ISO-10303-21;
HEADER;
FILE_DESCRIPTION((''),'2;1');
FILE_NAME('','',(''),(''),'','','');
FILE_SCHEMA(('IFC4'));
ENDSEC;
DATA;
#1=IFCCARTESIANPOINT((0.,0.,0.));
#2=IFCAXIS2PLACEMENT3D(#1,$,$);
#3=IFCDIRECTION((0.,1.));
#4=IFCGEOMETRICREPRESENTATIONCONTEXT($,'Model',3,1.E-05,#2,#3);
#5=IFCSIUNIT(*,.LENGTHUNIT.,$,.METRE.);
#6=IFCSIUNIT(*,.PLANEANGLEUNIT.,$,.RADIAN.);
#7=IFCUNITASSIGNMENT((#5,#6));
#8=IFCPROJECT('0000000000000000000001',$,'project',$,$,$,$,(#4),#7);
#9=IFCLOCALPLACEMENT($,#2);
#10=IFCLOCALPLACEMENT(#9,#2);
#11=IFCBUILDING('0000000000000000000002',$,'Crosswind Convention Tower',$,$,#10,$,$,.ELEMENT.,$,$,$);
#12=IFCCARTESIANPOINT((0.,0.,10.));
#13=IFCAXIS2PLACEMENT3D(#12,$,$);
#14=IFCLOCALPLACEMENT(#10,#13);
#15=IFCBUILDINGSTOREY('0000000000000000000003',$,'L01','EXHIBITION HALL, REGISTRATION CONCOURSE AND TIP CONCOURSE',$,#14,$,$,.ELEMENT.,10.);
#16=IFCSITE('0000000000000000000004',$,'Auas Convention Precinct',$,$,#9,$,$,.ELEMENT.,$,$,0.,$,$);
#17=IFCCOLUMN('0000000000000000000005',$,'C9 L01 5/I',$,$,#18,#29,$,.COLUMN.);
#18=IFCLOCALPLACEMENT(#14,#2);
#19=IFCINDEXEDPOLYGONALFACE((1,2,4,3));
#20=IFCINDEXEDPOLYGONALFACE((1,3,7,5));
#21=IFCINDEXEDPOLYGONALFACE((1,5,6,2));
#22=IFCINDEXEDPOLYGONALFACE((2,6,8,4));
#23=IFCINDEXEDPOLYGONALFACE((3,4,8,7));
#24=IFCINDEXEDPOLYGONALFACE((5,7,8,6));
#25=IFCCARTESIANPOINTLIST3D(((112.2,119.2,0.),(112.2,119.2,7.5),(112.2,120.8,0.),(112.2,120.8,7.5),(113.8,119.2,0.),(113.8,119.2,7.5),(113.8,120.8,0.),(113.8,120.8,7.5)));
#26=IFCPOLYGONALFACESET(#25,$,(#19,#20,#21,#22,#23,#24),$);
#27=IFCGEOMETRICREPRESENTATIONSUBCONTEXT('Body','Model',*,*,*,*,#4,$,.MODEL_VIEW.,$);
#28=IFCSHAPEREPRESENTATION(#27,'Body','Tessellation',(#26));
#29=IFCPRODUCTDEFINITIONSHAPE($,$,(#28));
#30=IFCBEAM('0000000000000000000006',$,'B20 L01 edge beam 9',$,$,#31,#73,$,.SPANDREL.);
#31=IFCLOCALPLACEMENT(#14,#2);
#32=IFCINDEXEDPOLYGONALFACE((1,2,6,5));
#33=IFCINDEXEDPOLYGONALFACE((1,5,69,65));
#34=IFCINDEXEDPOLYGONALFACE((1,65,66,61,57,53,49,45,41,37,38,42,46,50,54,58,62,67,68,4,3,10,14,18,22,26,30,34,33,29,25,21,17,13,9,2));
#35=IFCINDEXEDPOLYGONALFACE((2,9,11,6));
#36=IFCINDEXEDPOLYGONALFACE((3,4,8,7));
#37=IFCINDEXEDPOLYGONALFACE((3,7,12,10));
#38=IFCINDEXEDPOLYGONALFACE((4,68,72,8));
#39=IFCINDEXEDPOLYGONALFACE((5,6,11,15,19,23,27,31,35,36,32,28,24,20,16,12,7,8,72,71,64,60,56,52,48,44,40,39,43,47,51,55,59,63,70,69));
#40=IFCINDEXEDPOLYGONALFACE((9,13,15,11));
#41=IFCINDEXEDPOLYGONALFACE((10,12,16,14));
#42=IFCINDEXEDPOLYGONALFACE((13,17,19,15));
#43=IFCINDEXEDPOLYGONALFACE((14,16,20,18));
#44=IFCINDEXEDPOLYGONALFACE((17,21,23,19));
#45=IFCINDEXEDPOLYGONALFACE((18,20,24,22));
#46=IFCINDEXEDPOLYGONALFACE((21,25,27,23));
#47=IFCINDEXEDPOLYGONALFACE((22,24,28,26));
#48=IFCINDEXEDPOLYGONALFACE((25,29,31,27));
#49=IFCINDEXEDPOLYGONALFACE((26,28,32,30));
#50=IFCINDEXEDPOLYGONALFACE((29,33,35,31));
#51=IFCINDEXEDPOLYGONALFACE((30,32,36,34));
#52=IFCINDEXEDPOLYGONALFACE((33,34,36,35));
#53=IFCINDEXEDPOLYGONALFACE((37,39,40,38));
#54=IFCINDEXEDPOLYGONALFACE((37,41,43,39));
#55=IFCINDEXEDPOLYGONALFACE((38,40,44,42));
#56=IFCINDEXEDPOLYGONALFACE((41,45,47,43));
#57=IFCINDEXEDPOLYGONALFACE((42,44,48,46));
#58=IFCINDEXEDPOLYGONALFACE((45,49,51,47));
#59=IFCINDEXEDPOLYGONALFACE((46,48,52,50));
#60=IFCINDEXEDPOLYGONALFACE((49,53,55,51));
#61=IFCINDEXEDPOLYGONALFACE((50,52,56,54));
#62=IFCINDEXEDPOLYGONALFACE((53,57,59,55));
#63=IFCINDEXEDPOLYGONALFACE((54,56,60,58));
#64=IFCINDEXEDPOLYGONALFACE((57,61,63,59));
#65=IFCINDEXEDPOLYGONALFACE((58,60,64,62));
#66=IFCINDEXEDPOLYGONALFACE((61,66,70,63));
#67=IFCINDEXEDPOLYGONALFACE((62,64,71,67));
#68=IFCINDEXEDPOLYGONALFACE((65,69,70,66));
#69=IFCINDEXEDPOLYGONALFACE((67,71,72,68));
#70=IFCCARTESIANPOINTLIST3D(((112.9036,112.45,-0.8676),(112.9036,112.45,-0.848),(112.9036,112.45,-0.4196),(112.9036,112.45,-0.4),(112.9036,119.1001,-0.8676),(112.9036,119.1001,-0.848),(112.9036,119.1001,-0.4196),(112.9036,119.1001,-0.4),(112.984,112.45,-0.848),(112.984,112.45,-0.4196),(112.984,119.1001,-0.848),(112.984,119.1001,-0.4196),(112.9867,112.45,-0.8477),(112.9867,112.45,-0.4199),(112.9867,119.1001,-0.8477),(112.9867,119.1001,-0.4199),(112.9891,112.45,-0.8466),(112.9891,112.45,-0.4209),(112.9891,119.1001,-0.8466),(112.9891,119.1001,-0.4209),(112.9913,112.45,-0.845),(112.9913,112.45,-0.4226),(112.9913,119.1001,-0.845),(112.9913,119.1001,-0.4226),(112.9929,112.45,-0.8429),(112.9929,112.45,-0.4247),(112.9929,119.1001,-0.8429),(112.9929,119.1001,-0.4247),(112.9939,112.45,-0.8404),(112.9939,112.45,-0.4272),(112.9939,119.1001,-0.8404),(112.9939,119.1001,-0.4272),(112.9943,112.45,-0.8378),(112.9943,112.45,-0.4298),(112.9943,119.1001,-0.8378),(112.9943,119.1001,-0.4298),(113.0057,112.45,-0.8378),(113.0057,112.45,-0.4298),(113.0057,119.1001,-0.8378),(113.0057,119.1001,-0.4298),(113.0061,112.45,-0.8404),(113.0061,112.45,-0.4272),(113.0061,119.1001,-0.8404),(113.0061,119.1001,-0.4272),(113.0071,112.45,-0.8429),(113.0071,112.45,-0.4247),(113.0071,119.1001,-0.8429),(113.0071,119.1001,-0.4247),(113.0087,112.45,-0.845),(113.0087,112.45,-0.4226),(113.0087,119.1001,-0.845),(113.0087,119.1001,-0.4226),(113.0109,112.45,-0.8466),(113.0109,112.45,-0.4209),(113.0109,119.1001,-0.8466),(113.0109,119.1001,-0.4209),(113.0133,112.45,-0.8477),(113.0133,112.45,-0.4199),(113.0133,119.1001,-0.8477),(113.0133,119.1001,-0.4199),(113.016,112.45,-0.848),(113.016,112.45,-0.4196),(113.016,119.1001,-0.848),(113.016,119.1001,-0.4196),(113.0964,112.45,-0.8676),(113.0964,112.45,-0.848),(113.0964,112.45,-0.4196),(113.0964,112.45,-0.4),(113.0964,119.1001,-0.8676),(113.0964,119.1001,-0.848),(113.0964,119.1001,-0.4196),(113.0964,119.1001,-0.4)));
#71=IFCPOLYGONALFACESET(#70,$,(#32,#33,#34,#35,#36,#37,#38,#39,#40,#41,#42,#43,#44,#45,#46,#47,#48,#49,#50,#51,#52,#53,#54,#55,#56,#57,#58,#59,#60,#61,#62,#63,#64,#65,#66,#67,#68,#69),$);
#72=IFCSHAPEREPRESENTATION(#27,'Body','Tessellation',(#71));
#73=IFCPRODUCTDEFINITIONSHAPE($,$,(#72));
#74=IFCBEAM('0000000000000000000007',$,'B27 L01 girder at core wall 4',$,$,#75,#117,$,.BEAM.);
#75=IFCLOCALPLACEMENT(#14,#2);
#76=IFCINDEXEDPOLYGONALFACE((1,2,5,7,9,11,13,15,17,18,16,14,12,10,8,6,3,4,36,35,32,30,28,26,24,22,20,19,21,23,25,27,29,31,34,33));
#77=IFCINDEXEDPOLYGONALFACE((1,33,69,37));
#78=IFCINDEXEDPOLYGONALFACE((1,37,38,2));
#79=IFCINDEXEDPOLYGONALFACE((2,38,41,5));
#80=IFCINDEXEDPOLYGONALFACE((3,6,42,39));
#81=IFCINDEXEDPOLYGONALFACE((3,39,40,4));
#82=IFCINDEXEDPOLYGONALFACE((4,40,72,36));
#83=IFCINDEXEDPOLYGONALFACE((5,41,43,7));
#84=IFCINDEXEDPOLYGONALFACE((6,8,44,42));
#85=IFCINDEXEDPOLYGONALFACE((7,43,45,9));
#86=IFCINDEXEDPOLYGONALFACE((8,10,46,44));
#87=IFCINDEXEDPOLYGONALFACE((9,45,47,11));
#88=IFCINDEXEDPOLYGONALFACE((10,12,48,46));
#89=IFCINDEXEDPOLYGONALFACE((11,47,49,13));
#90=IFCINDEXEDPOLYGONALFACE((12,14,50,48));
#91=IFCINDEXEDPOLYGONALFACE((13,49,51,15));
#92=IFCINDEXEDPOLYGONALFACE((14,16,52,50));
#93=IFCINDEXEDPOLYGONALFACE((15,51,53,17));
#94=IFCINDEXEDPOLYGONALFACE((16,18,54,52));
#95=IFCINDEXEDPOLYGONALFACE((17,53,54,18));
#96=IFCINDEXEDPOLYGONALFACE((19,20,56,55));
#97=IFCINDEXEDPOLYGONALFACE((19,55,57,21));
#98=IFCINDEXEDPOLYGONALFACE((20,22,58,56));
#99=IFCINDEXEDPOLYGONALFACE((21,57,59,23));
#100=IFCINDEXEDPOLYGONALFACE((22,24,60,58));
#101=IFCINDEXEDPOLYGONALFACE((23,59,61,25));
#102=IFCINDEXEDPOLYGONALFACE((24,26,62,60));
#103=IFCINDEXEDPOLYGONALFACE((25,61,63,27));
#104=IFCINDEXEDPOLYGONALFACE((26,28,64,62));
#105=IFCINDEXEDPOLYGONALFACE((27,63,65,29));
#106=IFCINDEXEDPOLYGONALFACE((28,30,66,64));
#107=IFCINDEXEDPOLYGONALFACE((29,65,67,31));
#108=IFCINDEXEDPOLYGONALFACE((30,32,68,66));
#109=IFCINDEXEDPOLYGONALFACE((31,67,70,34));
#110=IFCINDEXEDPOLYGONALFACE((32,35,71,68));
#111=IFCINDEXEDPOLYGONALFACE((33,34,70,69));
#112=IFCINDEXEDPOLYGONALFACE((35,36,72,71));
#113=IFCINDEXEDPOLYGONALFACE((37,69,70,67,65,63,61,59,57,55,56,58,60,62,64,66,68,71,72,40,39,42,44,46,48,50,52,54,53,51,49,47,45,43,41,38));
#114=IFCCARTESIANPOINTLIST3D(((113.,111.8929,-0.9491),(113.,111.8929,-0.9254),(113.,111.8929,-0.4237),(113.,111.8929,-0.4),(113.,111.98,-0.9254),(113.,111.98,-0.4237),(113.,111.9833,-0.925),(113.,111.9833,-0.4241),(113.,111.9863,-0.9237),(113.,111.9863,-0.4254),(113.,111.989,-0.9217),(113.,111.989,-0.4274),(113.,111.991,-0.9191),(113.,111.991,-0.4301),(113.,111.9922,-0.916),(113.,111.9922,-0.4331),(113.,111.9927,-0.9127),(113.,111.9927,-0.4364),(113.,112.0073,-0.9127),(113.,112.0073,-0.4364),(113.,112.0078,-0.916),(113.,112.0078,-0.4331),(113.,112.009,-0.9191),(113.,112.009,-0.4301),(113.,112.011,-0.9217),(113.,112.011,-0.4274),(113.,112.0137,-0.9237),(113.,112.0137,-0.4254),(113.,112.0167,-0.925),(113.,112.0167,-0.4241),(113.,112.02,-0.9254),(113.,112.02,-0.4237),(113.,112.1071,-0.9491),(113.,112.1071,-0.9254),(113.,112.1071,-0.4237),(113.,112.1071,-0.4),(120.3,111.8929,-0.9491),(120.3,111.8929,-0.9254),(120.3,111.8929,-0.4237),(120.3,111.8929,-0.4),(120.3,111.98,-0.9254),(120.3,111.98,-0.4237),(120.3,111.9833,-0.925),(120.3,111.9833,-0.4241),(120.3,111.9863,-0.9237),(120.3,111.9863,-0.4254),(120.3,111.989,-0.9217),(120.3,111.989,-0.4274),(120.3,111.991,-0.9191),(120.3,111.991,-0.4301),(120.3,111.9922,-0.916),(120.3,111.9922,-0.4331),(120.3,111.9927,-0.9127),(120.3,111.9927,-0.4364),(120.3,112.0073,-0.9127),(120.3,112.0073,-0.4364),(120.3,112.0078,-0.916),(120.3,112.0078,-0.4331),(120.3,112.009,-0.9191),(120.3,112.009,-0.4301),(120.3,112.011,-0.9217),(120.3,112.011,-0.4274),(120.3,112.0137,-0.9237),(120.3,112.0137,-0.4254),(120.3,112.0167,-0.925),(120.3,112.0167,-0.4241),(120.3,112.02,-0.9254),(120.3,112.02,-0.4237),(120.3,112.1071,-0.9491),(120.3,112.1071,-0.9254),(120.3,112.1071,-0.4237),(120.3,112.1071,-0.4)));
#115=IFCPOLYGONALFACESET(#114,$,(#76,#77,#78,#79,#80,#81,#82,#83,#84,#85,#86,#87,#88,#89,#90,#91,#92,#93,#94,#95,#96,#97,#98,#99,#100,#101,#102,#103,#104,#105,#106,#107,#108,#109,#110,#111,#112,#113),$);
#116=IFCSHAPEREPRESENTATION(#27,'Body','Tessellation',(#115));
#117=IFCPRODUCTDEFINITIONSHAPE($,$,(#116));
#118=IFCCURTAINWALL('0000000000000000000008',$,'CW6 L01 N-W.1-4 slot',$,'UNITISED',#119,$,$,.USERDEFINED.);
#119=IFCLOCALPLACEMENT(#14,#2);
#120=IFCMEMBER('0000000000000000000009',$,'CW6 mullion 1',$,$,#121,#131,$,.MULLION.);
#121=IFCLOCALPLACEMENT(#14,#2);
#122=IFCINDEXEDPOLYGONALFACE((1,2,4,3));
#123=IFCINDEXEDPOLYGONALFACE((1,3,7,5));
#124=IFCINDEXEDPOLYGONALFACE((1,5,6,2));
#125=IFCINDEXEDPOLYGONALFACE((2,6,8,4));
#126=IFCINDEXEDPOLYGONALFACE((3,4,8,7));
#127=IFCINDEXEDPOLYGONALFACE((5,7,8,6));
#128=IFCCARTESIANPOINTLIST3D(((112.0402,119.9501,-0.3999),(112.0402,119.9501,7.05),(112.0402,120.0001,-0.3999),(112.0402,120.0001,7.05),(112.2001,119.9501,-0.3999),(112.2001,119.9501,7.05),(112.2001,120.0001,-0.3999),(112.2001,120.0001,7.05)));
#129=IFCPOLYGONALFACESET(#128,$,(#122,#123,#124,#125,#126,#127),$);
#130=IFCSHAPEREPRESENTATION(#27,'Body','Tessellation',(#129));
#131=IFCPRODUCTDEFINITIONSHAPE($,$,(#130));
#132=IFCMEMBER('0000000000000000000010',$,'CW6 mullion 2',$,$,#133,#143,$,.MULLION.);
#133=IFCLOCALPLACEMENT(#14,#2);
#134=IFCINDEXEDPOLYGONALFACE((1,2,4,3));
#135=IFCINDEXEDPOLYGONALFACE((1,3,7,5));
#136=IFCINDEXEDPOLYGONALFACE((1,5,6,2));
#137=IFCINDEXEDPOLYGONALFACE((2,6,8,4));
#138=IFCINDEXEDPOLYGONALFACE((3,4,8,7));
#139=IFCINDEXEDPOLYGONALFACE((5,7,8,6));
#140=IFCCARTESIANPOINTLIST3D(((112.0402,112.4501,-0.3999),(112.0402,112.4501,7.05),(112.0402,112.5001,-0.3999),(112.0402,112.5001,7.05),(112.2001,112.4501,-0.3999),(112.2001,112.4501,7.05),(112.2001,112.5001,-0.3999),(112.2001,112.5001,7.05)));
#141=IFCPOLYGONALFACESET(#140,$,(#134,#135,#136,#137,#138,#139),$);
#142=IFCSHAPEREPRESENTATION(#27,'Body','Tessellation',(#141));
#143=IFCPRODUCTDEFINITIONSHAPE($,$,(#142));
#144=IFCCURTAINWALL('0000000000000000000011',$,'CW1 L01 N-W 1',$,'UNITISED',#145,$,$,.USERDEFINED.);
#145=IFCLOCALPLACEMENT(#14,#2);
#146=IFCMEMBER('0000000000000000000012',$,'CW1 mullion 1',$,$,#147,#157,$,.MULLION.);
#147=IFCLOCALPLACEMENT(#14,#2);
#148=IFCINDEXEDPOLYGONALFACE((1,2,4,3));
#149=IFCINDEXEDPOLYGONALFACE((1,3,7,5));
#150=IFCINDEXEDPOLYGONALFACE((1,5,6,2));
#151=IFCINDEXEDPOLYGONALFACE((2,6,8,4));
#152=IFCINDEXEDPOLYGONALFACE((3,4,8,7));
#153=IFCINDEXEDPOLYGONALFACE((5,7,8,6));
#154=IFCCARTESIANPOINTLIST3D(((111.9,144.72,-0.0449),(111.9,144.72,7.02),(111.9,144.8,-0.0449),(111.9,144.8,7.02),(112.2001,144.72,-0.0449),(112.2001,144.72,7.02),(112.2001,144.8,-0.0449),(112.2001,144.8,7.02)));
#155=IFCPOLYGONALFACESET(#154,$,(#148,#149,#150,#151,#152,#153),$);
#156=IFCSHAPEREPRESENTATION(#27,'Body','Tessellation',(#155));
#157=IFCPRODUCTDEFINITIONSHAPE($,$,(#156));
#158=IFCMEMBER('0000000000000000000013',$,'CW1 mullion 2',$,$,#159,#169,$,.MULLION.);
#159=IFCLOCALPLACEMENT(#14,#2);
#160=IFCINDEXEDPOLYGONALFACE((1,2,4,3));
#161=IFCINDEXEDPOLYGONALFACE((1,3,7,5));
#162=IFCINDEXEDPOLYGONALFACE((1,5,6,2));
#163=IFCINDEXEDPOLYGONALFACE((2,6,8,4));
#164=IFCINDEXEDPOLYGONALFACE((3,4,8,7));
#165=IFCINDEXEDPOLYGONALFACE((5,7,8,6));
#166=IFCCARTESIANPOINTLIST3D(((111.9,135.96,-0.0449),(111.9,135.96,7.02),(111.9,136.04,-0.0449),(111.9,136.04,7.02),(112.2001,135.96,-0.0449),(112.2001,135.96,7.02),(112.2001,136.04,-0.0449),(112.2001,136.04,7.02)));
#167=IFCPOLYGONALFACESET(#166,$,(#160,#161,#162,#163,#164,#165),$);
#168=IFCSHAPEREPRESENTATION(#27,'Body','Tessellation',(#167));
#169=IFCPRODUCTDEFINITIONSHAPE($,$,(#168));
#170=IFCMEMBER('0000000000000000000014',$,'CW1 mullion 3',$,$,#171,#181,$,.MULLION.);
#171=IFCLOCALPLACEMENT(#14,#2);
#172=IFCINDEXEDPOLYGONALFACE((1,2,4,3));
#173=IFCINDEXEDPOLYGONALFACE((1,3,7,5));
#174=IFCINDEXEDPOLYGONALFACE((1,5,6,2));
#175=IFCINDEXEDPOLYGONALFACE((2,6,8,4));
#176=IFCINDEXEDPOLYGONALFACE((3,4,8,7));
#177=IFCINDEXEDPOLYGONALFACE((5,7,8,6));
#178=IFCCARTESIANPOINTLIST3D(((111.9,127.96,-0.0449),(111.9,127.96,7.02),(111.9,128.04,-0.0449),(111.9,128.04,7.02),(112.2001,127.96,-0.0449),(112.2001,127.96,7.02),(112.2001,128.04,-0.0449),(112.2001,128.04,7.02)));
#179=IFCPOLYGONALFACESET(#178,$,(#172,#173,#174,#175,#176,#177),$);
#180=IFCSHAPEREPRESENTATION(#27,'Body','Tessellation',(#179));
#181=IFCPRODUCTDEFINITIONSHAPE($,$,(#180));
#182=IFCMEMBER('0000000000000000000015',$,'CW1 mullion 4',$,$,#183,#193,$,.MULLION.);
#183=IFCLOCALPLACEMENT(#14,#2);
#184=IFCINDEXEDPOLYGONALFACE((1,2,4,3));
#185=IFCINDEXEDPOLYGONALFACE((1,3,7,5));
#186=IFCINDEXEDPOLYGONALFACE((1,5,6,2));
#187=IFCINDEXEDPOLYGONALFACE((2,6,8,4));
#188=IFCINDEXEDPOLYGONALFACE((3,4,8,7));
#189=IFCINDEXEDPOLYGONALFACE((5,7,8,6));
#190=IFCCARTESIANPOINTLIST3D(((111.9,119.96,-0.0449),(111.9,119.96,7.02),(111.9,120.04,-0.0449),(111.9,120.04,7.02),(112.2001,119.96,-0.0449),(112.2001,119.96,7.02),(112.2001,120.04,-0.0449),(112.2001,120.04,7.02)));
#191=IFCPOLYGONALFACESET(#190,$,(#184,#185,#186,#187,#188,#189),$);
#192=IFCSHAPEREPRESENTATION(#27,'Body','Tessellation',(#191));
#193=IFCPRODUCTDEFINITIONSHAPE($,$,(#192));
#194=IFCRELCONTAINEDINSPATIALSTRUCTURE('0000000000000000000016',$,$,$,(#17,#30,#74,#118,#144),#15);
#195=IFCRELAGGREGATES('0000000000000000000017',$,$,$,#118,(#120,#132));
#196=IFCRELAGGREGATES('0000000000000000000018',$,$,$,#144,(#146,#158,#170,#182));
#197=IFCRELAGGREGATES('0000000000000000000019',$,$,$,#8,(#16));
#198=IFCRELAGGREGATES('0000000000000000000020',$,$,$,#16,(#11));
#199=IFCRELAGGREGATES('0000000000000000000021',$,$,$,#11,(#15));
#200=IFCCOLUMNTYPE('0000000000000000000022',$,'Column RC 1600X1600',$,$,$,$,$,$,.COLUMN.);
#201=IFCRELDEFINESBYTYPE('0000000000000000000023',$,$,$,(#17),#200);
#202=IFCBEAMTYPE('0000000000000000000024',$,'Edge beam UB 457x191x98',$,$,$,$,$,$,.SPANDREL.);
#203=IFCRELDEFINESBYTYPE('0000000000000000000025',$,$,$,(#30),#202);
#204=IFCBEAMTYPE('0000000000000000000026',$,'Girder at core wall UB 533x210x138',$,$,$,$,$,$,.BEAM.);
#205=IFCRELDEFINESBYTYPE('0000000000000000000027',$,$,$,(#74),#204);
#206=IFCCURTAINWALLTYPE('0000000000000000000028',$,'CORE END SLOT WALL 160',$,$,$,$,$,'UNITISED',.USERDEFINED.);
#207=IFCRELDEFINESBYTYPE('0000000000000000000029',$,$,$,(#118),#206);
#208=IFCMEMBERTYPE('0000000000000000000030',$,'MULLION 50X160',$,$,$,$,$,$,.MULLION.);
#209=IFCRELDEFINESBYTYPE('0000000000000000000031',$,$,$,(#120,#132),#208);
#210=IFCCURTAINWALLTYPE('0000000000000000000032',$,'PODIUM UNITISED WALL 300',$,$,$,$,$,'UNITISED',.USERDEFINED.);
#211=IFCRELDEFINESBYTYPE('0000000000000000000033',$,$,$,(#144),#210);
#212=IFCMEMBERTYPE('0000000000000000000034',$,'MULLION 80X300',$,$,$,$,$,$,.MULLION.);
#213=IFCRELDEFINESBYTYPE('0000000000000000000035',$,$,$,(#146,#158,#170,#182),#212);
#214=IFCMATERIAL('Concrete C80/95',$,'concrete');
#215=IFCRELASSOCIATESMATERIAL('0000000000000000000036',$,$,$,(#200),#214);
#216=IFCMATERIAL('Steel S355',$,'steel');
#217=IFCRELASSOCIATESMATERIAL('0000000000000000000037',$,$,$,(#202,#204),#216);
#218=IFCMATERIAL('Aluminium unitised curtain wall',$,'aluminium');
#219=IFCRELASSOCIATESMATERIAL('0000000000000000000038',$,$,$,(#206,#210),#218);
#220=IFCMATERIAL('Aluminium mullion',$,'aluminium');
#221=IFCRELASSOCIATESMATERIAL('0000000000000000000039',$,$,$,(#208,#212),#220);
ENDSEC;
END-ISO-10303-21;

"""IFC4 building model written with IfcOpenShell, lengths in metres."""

from ifc_helpers import new_model, si_unit, direction, frame, origin, origin_2d, place, context, subcontext, project, spatial, rectangle, i_section, extrude, material, material_profile, profile_set, type_object, element, aggregate, save


model = new_model("IFC4")

# Units and contexts
model_context = context("Model", 3, precision=1e-05, world=origin(), true_north=direction((0.0, 1.0)))
body_context = subcontext(model_context, "Body", "Model", "MODEL_VIEW")
ifc_project = project(units=[si_unit("LENGTHUNIT", "METRE"), si_unit("PLANEANGLEUNIT", "RADIAN")], contexts=[model_context])

# Site, building, storey
site_placement = place(None, origin())
site = spatial("IfcSite", under=ifc_project, at=site_placement, Name="Auas Convention Precinct", CompositionType="ELEMENT", RefElevation=0.0)
building_placement = place(site_placement, origin())
building = spatial("IfcBuilding", under=site, at=building_placement, Name="Crosswind Convention Tower", CompositionType="ELEMENT")
storey_placement = place(building_placement, frame((0.0, 0.0, 10.0)))
storey = spatial("IfcBuildingStorey", under=building, at=storey_placement, Name="L01", Description="EXHIBITION HALL, REGISTRATION CONCOURSE AND TIP CONCOURSE", CompositionType="ELEMENT", Elevation=10.0)

# Column
ifc_material_1 = material(Name="Concrete C80/95", Category="concrete")
ifc_material_profile_1 = material_profile(ifc_material_1, rectangle(XDim=1.6001, YDim=1.6001, at=origin_2d()), Name="RC 1600X1600")
ifc_profile_set_1 = profile_set([ifc_material_profile_1], Name="Concrete C80/95")
column_type = type_object("IfcColumnType", Name="Column RC 1600X1600", PredefinedType="COLUMN", material=ifc_profile_set_1)
column_placement = place(storey_placement, frame((113.0, 120.0, 0.0), z_axis=(0.0, 0.0, 1.0), x_axis=(1.0, 0.0, 0.0)))
element("IfcColumn", 1, at=column_placement, inside=storey, type_object=column_type, Name="C9 L01 5/I", PredefinedType="COLUMN", context=body_context, shape_type="SweptSolid", body=[
    extrude(rectangle(XDim=1.6001, YDim=1.6001, at=origin_2d()), origin(), (0.0, 0.0, 1.0), 7.5),
])

# Beams
ifc_material_2 = material(Name="Steel S355", Category="steel")
ifc_material_profile_2 = material_profile(ifc_material_2, i_section(OverallWidth=0.1929, OverallDepth=0.4675, WebThickness=0.0115, FlangeThickness=0.0195, FilletRadius=0.0103, at=origin_2d()), Name="UB 457x191x98")
ifc_profile_set_2 = profile_set([ifc_material_profile_2], Name="Steel S355")
beam_type_1 = type_object("IfcBeamType", Name="Edge beam UB 457x191x98", PredefinedType="SPANDREL", material=ifc_profile_set_2)
beam_1_placement = place(storey_placement, frame((113.0, 112.45, -0.6338), z_axis=(0.0, 1.0, 0.0), x_axis=(-1.0, 0.0, 0.0)))
element("IfcBeam", 2, at=beam_1_placement, inside=storey, type_object=beam_type_1, Name="B20 L01 edge beam 9", PredefinedType="SPANDREL", context=body_context, shape_type="SweptSolid", body=[
    extrude(i_section(OverallWidth=0.1929, OverallDepth=0.4675, WebThickness=0.0115, FlangeThickness=0.0195, FilletRadius=0.0103, at=origin_2d()), origin(), (0.0, 0.0, 1.0), 6.6501),
])
ifc_material_profile_3 = material_profile(ifc_material_2, i_section(OverallWidth=0.2141, OverallDepth=0.5491, WebThickness=0.0146, FlangeThickness=0.0237, FilletRadius=0.0127, at=origin_2d()), Name="UB 533x210x138")
ifc_profile_set_3 = profile_set([ifc_material_profile_3], Name="Steel S355")
beam_type_2 = type_object("IfcBeamType", Name="Girder at core wall UB 533x210x138", PredefinedType="BEAM", material=ifc_profile_set_3)
beam_2_placement = place(storey_placement, frame((113.0, 112.0, -0.6746), z_axis=(1.0, 0.0, 0.0), x_axis=(0.0, 1.0, 0.0)))
element("IfcBeam", 3, at=beam_2_placement, inside=storey, type_object=beam_type_2, Name="B27 L01 girder at core wall 4", PredefinedType="BEAM", context=body_context, shape_type="SweptSolid", body=[
    extrude(i_section(OverallWidth=0.2141, OverallDepth=0.5491, WebThickness=0.0146, FlangeThickness=0.0237, FilletRadius=0.0127, at=origin_2d()), origin(), (0.0, 0.0, 1.0), 7.3),
])

# Curtain walls, members
ifc_material_3 = material(Name="Aluminium unitised curtain wall", Category="aluminium")
curtain_wall_type_1 = type_object("IfcCurtainWallType", Name="CORE END SLOT WALL 160", ElementType="UNITISED", PredefinedType="USERDEFINED", material=ifc_material_3)
curtain_wall_1_placement = place(storey_placement, origin())
curtain_wall_1 = element("IfcCurtainWall", 4, at=curtain_wall_1_placement, inside=storey, type_object=curtain_wall_type_1, Name="CW6 L01 N-W.1-4 slot", ObjectType="UNITISED", PredefinedType="USERDEFINED")
ifc_material_4 = material(Name="Aluminium mullion", Category="aluminium")
ifc_material_profile_4 = material_profile(ifc_material_4, rectangle(XDim=0.1599, YDim=0.05, at=origin_2d()), Name="AL 160X50")
ifc_profile_set_4 = profile_set([ifc_material_profile_4], Name="Aluminium mullion")
member_type_1 = type_object("IfcMemberType", Name="MULLION 50X160", PredefinedType="MULLION", material=ifc_profile_set_4)
member_1_placement = place(storey_placement, frame((112.1201, 119.9751, -0.3999), z_axis=(0.0, 0.0, 1.0), x_axis=(-1.0, 0.0, 0.0)))
member_1 = element("IfcMember", 5, at=member_1_placement, type_object=member_type_1, Name="CW6 mullion 1", PredefinedType="MULLION", context=body_context, shape_type="SweptSolid", body=[
    extrude(rectangle(XDim=0.1599, YDim=0.05, at=origin_2d()), origin(), (0.0, 0.0, 1.0), 7.45),
])
member_2_placement = place(storey_placement, frame((112.1201, 112.4751, -0.3999), z_axis=(0.0, 0.0, 1.0), x_axis=(-1.0, 0.0, 0.0)))
member_2 = element("IfcMember", 6, at=member_2_placement, type_object=member_type_1, Name="CW6 mullion 2", PredefinedType="MULLION", context=body_context, shape_type="SweptSolid", body=[
    extrude(rectangle(XDim=0.1599, YDim=0.05, at=origin_2d()), origin(), (0.0, 0.0, 1.0), 7.45),
])
curtain_wall_type_2 = type_object("IfcCurtainWallType", Name="PODIUM UNITISED WALL 300", ElementType="UNITISED", PredefinedType="USERDEFINED", material=ifc_material_3)
curtain_wall_2_placement = place(storey_placement, origin())
curtain_wall_2 = element("IfcCurtainWall", 7, at=curtain_wall_2_placement, inside=storey, type_object=curtain_wall_type_2, Name="CW1 L01 N-W 1", ObjectType="UNITISED", PredefinedType="USERDEFINED")
ifc_material_profile_5 = material_profile(ifc_material_4, rectangle(XDim=0.3, YDim=0.0801, at=origin_2d()), Name="AL 300X80")
ifc_profile_set_5 = profile_set([ifc_material_profile_5], Name="Aluminium mullion")
member_type_2 = type_object("IfcMemberType", Name="MULLION 80X300", PredefinedType="MULLION", material=ifc_profile_set_5)
member_3_placement = place(storey_placement, frame((112.05, 144.76, -0.0449), z_axis=(0.0, 0.0, 1.0), x_axis=(-1.0, 0.0, 0.0)))
member_3 = element("IfcMember", 8, at=member_3_placement, type_object=member_type_2, Name="CW1 mullion 1", PredefinedType="MULLION", context=body_context, shape_type="SweptSolid", body=[
    extrude(rectangle(XDim=0.3, YDim=0.0801, at=origin_2d()), origin(), (0.0, 0.0, 1.0), 7.0649),
])
member_4_placement = place(storey_placement, frame((112.05, 136.0, -0.0449), z_axis=(0.0, 0.0, 1.0), x_axis=(-1.0, 0.0, 0.0)))
member_4 = element("IfcMember", 9, at=member_4_placement, type_object=member_type_2, Name="CW1 mullion 2", PredefinedType="MULLION", context=body_context, shape_type="SweptSolid", body=[
    extrude(rectangle(XDim=0.3, YDim=0.0801, at=origin_2d()), origin(), (0.0, 0.0, 1.0), 7.0649),
])
member_5_placement = place(storey_placement, frame((112.05, 128.0, -0.0449), z_axis=(0.0, 0.0, 1.0), x_axis=(-1.0, 0.0, 0.0)))
member_5 = element("IfcMember", 10, at=member_5_placement, type_object=member_type_2, Name="CW1 mullion 3", PredefinedType="MULLION", context=body_context, shape_type="SweptSolid", body=[
    extrude(rectangle(XDim=0.3, YDim=0.0801, at=origin_2d()), origin(), (0.0, 0.0, 1.0), 7.0649),
])
member_6_placement = place(storey_placement, frame((112.05, 120.0, -0.0449), z_axis=(0.0, 0.0, 1.0), x_axis=(-1.0, 0.0, 0.0)))
member_6 = element("IfcMember", 11, at=member_6_placement, type_object=member_type_2, Name="CW1 mullion 4", PredefinedType="MULLION", context=body_context, shape_type="SweptSolid", body=[
    extrude(rectangle(XDim=0.3, YDim=0.0801, at=origin_2d()), origin(), (0.0, 0.0, 1.0), 7.0649),
])

aggregate(curtain_wall_1, [member_1, member_2])
aggregate(curtain_wall_2, [member_3, member_4, member_5, member_6])

save(model, "model.ifc")
